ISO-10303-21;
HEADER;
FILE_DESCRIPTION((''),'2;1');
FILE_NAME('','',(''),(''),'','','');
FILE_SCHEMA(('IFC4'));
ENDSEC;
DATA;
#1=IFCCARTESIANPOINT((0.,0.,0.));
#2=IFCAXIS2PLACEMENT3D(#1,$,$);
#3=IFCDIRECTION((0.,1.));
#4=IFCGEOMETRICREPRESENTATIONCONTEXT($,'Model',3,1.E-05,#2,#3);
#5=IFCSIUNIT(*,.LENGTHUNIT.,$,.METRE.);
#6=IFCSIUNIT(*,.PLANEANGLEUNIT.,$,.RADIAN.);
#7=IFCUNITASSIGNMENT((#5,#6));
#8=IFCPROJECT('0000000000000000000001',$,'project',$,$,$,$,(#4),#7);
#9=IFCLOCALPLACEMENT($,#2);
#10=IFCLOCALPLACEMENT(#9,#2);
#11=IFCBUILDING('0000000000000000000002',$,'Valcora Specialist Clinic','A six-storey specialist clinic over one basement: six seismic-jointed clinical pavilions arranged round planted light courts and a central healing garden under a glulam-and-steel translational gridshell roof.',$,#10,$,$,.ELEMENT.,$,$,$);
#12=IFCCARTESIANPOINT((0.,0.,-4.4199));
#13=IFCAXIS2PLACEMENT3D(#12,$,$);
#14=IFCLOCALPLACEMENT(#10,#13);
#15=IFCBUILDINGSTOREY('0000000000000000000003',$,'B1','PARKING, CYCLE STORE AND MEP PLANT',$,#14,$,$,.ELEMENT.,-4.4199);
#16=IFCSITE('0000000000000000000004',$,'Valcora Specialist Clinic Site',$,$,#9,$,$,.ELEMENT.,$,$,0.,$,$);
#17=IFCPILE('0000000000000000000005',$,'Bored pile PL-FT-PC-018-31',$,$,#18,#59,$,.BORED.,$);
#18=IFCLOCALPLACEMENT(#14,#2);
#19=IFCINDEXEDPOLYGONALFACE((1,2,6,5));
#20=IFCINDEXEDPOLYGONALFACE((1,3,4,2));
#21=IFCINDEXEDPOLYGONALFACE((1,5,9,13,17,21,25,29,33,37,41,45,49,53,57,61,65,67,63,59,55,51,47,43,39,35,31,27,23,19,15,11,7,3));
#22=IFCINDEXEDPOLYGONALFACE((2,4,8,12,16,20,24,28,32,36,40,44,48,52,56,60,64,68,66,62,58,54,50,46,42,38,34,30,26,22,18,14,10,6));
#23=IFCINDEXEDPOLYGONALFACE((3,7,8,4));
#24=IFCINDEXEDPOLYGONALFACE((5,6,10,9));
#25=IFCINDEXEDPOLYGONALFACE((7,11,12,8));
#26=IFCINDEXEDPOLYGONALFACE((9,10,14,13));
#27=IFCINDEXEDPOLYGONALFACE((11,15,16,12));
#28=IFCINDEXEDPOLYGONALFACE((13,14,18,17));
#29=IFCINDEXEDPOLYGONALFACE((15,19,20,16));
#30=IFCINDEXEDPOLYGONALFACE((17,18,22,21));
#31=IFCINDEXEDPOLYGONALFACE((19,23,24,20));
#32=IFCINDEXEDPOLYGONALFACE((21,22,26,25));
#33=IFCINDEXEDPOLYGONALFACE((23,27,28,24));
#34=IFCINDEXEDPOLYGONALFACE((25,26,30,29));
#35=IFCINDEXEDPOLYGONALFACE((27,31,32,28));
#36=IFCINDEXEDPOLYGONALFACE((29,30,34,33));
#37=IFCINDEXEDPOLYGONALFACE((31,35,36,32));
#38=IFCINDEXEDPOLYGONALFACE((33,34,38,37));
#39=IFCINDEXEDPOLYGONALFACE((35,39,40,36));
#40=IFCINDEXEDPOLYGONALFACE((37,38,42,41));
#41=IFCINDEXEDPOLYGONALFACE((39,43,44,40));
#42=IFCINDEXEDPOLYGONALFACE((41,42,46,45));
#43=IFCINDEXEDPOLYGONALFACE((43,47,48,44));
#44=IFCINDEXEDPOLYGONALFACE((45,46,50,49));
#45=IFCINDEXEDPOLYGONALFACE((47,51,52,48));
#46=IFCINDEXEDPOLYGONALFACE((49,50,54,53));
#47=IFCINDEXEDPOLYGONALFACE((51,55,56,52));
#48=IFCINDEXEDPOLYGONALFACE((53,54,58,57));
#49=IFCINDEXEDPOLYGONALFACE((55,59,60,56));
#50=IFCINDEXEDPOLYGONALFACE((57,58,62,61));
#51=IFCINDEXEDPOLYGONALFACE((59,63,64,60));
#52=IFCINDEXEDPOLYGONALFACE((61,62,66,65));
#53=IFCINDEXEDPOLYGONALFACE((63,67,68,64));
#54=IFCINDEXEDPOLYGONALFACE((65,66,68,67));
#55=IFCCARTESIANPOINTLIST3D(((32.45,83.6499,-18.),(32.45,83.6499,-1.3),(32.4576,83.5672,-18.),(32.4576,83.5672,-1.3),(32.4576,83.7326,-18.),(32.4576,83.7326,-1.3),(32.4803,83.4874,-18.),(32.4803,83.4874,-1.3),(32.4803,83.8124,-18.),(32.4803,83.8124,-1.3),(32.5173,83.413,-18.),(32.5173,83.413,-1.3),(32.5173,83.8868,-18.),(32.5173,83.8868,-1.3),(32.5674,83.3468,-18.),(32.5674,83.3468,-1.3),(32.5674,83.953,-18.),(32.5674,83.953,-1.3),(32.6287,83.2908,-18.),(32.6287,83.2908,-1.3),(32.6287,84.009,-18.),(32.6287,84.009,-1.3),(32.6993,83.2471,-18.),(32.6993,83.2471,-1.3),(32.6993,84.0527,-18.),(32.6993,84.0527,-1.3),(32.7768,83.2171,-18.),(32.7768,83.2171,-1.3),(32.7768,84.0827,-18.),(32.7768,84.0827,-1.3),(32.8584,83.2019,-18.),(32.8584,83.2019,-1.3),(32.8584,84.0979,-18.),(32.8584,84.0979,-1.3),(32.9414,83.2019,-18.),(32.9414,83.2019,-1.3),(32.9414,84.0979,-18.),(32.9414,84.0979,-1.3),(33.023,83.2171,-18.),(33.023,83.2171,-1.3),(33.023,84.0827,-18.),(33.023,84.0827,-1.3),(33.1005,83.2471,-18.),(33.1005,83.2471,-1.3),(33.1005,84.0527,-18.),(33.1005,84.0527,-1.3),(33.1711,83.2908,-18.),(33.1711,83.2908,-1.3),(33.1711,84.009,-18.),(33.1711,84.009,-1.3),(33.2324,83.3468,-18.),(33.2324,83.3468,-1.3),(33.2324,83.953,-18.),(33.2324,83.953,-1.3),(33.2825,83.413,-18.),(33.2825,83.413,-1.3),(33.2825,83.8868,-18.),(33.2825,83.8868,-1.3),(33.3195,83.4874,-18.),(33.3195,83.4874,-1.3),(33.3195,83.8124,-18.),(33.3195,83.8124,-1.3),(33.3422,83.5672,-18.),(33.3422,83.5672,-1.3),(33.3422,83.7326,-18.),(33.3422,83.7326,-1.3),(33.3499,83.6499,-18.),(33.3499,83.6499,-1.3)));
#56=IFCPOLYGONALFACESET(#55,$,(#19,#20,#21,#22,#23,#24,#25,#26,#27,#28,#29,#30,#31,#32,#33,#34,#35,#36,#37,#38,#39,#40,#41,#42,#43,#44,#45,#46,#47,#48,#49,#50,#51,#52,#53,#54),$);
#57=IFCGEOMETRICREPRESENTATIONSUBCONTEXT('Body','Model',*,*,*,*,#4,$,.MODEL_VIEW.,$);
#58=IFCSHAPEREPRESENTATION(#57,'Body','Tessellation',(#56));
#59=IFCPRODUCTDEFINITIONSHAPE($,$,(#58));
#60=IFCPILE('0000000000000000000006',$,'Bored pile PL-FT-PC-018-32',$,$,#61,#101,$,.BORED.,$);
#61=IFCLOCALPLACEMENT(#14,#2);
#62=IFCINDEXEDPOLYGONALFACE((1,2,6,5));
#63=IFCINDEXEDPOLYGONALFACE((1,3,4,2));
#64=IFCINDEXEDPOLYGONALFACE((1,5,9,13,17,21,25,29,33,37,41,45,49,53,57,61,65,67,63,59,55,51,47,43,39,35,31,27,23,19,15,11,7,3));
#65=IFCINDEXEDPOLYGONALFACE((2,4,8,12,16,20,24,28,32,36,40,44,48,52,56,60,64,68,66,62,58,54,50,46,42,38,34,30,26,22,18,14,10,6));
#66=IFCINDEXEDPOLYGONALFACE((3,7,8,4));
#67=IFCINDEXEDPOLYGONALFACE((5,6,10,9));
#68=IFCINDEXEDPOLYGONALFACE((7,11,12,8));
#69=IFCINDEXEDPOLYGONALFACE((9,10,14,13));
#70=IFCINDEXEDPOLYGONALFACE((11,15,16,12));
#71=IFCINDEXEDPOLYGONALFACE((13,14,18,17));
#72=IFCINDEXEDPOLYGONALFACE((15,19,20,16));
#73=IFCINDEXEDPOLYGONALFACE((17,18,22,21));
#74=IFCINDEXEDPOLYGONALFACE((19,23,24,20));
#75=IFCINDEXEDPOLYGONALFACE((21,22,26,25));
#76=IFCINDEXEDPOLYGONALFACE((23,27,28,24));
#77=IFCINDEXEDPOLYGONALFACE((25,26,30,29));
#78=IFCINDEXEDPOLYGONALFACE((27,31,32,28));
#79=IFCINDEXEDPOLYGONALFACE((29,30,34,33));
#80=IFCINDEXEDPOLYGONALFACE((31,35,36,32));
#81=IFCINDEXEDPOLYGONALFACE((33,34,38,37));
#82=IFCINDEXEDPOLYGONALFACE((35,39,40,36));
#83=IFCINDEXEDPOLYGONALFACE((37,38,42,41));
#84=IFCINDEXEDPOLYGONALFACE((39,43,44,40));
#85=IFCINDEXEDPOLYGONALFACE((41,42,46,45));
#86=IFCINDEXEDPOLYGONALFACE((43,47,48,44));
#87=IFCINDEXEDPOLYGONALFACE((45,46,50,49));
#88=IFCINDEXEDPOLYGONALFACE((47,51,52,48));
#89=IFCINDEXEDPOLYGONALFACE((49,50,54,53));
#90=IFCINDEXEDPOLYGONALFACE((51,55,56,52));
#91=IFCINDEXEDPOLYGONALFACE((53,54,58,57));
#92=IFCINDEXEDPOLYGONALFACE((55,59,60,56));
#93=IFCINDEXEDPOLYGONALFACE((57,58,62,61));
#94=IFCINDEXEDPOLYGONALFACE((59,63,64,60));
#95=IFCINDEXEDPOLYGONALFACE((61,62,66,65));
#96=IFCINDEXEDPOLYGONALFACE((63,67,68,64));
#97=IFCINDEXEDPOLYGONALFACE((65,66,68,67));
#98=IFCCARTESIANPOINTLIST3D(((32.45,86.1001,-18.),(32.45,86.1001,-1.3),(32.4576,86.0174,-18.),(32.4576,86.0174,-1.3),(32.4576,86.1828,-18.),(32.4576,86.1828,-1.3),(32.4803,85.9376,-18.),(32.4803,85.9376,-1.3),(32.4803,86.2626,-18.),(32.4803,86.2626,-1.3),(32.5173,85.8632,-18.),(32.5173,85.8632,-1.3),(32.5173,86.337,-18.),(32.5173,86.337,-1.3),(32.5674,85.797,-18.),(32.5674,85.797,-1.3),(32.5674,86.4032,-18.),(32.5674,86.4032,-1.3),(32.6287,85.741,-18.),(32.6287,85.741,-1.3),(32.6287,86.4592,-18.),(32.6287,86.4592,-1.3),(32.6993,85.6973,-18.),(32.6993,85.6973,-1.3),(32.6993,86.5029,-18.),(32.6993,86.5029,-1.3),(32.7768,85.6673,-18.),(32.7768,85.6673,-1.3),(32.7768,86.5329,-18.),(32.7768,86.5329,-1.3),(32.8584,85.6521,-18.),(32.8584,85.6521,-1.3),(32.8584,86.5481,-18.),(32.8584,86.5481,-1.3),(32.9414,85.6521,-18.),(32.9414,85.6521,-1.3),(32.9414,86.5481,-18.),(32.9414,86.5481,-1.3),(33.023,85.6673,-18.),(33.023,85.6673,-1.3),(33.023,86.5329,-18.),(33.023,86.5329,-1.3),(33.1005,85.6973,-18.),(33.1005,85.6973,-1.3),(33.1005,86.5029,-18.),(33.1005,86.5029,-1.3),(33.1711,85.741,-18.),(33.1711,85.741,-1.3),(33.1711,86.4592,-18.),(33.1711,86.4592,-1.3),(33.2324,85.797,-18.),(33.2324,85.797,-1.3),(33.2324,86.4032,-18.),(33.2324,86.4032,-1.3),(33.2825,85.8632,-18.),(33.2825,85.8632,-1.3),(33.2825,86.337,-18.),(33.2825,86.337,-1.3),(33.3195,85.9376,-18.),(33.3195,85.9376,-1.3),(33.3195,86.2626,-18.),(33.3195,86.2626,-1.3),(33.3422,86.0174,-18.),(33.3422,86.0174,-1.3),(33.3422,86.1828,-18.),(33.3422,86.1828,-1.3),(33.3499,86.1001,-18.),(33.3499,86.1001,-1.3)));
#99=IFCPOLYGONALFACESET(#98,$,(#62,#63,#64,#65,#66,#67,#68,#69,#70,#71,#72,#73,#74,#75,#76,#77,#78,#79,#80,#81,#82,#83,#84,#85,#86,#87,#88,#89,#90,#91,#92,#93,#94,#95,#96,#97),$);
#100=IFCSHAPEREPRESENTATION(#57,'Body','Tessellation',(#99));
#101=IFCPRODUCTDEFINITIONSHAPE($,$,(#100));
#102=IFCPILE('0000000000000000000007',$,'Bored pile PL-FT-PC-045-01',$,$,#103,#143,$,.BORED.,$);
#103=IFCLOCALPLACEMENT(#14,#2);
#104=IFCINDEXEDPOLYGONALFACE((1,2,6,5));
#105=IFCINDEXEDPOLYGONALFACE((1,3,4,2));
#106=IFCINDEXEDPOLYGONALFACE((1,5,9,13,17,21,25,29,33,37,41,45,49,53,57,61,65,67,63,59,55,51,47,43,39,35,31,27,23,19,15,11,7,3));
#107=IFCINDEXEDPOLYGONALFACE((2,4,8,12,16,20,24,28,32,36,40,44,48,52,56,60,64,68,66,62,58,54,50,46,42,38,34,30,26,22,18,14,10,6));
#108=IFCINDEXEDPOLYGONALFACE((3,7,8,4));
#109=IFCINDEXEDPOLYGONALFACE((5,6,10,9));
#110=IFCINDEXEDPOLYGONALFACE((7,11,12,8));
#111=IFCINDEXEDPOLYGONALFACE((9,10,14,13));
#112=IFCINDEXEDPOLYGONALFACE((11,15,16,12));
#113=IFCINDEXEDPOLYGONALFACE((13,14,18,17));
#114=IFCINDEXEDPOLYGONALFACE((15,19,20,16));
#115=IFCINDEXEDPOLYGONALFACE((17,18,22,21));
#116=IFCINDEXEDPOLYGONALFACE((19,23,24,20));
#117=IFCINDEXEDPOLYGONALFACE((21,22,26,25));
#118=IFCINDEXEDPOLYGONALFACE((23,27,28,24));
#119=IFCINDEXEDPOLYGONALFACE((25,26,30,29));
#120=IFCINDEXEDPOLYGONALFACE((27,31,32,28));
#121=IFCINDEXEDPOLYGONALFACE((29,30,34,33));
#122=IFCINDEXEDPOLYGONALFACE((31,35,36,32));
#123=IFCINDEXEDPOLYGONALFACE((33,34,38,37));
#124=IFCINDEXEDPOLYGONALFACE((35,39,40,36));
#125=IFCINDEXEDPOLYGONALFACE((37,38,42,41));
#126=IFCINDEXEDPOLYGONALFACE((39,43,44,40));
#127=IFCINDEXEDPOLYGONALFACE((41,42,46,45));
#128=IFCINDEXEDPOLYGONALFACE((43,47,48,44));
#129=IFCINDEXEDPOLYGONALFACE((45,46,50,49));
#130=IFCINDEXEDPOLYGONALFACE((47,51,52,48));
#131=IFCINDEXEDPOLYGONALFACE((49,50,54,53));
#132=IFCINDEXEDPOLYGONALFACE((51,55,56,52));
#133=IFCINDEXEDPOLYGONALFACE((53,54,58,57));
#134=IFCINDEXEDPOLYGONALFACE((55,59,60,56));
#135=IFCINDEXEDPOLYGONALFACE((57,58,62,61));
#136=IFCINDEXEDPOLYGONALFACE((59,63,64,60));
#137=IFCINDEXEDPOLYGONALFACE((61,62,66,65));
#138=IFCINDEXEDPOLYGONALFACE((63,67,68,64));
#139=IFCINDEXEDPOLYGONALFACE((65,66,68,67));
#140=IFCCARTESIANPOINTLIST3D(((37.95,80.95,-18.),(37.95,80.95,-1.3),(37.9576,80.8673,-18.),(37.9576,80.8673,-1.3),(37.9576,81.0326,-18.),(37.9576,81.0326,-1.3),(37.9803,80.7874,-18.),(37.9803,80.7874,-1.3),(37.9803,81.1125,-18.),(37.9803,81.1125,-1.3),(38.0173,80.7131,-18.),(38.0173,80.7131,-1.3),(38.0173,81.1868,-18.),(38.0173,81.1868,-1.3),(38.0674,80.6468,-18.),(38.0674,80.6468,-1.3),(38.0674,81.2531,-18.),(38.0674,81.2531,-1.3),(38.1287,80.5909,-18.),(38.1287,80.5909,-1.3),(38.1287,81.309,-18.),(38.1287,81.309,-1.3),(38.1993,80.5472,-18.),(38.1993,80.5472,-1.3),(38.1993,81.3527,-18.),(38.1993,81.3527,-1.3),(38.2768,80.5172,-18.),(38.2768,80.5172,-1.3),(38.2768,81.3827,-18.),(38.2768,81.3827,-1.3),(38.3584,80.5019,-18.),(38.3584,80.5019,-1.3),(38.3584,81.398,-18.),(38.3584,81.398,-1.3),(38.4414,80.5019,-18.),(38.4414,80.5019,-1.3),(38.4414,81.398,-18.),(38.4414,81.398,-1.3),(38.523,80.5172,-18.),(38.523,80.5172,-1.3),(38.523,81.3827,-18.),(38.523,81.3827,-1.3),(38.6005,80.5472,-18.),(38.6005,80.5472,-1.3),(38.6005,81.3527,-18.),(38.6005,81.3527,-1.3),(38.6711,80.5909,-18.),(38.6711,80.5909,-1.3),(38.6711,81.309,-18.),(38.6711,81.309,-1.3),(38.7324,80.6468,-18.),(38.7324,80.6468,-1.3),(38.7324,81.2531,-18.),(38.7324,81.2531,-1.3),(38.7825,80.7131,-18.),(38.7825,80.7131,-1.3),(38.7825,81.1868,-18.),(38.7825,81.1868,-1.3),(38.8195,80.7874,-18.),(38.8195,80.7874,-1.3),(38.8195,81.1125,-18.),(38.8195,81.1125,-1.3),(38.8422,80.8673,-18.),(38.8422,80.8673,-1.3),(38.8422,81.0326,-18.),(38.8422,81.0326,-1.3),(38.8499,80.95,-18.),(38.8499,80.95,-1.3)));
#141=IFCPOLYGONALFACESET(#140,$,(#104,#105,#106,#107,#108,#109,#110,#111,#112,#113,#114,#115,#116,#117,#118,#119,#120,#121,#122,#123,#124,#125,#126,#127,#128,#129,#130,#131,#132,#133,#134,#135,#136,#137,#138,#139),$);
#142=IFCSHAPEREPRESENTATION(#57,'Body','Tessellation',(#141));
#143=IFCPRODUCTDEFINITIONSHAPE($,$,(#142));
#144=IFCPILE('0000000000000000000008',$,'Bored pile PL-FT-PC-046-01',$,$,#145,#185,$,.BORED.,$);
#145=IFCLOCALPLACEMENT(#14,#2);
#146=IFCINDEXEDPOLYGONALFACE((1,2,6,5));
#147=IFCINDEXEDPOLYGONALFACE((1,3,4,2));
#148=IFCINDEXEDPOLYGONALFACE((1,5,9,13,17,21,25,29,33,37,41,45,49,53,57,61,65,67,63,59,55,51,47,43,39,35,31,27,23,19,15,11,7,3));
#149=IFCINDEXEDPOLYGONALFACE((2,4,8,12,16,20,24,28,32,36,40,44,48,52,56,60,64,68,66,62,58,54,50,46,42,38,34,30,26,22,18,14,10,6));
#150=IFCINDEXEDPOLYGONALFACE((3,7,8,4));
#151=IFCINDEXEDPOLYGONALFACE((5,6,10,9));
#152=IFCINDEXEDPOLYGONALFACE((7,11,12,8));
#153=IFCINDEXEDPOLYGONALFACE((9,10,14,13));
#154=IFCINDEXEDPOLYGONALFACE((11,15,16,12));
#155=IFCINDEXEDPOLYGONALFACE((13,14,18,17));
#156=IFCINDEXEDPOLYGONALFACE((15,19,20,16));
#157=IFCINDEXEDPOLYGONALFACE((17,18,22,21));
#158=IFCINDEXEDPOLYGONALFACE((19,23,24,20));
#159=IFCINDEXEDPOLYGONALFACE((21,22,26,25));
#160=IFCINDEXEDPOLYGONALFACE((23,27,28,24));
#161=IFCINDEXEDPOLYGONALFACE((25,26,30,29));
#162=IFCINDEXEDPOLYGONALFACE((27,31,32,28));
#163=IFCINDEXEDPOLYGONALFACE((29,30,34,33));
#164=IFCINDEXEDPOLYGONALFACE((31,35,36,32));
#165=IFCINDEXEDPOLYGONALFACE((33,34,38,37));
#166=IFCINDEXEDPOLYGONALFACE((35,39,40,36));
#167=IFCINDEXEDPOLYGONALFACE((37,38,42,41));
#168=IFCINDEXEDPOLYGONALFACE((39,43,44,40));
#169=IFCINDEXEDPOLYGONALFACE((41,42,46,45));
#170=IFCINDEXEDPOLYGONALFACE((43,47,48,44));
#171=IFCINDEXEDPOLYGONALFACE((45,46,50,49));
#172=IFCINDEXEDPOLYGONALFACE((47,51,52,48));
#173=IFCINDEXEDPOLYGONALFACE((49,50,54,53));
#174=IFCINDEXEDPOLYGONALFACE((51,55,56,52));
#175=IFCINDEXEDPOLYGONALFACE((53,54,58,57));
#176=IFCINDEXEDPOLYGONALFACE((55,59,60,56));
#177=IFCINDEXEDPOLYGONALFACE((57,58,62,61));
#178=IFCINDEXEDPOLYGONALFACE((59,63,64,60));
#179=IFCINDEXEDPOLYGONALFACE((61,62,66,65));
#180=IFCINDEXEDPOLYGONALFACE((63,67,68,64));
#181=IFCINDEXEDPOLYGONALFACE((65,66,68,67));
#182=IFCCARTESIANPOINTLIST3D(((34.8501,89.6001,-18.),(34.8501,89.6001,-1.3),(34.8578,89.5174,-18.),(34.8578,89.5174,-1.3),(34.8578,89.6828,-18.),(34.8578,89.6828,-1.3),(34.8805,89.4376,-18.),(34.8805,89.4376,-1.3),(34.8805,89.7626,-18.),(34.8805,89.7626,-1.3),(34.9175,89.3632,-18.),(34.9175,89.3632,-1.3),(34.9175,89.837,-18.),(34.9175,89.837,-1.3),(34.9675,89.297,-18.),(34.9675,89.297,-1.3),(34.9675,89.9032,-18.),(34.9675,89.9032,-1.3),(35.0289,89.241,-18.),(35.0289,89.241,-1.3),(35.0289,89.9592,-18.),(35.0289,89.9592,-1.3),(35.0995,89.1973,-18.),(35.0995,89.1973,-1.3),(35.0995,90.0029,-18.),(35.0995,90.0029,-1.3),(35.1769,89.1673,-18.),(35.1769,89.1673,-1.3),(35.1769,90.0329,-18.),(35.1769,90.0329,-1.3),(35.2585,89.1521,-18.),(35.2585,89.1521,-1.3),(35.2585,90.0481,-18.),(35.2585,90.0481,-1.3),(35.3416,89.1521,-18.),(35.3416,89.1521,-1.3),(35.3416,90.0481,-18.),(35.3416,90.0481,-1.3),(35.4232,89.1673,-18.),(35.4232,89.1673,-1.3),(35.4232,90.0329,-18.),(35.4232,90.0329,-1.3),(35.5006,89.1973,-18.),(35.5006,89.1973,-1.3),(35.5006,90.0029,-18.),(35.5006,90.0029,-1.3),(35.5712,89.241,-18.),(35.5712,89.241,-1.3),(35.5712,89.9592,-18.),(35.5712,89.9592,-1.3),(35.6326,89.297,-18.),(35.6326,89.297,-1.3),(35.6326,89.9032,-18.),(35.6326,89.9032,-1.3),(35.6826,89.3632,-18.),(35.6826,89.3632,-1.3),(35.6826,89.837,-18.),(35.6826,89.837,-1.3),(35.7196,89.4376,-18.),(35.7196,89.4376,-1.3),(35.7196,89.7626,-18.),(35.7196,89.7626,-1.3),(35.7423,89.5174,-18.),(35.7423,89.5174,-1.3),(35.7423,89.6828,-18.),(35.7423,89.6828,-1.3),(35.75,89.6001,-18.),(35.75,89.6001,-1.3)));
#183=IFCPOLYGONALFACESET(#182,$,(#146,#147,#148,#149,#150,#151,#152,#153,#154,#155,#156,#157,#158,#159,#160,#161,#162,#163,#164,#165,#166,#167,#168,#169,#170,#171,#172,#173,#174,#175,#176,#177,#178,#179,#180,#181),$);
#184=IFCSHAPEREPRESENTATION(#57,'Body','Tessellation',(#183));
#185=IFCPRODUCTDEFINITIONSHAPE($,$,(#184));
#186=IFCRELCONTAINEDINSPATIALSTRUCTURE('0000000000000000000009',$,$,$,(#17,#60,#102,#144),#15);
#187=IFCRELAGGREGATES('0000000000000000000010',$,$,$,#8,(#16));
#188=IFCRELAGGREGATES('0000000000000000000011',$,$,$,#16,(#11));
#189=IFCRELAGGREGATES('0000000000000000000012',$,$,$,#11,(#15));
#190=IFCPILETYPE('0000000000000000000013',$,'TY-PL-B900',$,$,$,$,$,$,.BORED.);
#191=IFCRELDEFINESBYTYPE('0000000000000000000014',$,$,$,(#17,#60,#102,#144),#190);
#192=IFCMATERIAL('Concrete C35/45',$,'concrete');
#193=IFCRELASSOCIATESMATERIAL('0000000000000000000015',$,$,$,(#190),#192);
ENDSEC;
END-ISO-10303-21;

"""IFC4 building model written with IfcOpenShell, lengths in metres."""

from ifc_helpers import new_model, si_unit, direction, frame, origin, origin_2d, place, context, subcontext, project, spatial, circle, extrude, material, material_profile, profile_set, type_object, element, save


model = new_model("IFC4")

# Units and contexts
model_context = context("Model", 3, precision=1e-05, world=origin(), true_north=direction((0.0, 1.0)))
body_context = subcontext(model_context, "Body", "Model", "MODEL_VIEW")
ifc_project = project(units=[si_unit("LENGTHUNIT", "METRE"), si_unit("PLANEANGLEUNIT", "RADIAN")], contexts=[model_context])

# Site, building, storey
site_placement = place(None, origin())
site = spatial("IfcSite", under=ifc_project, at=site_placement, Name="Valcora Specialist Clinic Site", CompositionType="ELEMENT", RefElevation=0.0)
building_placement = place(site_placement, origin())
building = spatial("IfcBuilding", under=site, at=building_placement, Name="Valcora Specialist Clinic", Description="A six-storey specialist clinic over one basement: six seismic-jointed clinical pavilions arranged round planted light courts and a central healing garden under a glulam-and-steel translational gridshell roof.", CompositionType="ELEMENT")
storey_placement = place(building_placement, frame((0.0, 0.0, -4.4199)))
storey = spatial("IfcBuildingStorey", under=building, at=storey_placement, Name="B1", Description="PARKING, CYCLE STORE AND MEP PLANT", CompositionType="ELEMENT", Elevation=-4.4199)

# Shared definitions
ifc_material_1 = material(Name="Concrete C35/45", Category="concrete")

# Piles
ifc_material_profile_1 = material_profile(ifc_material_1, circle(Radius=0.45, at=origin_2d()), Name="RC-PIL-D900")
ifc_profile_set_1 = profile_set([ifc_material_profile_1], Name="Concrete C35/45")
pile_type_1 = type_object("IfcPileType", Name="TY-PL-B900", PredefinedType="BORED", material=ifc_profile_set_1)
for number, where, z_axis, x_axis, name in (
    (1, (32.8999, 83.6499, -1.3), (0.0, 0.0, -1.0), (1.0, 0.0, 0.0), "Bored pile PL-FT-PC-018-31"),
    (2, (32.8999, 86.1001, -1.3), (0.0, 0.0, -1.0), (1.0, 0.0, 0.0), "Bored pile PL-FT-PC-018-32"),
    (3, (38.3999, 80.95, -1.3), (0.0, 0.0, -1.0), (1.0, 0.0, 0.0), "Bored pile PL-FT-PC-045-01"),
    (4, (35.3, 89.6001, -1.3), (0.0, 0.0, -1.0), (1.0, 0.0, 0.0), "Bored pile PL-FT-PC-046-01"),
):
    element("IfcPile", number, at=place(storey_placement, frame(where, z_axis=z_axis, x_axis=x_axis)), inside=storey, type_object=pile_type_1, Name=name, PredefinedType="BORED", context=body_context, shape_type="SweptSolid", body=[
        extrude(circle(Radius=0.45, at=origin_2d()), origin(), (0.0, 0.0, 1.0), 16.7),
    ])

save(model, "model.ifc")
